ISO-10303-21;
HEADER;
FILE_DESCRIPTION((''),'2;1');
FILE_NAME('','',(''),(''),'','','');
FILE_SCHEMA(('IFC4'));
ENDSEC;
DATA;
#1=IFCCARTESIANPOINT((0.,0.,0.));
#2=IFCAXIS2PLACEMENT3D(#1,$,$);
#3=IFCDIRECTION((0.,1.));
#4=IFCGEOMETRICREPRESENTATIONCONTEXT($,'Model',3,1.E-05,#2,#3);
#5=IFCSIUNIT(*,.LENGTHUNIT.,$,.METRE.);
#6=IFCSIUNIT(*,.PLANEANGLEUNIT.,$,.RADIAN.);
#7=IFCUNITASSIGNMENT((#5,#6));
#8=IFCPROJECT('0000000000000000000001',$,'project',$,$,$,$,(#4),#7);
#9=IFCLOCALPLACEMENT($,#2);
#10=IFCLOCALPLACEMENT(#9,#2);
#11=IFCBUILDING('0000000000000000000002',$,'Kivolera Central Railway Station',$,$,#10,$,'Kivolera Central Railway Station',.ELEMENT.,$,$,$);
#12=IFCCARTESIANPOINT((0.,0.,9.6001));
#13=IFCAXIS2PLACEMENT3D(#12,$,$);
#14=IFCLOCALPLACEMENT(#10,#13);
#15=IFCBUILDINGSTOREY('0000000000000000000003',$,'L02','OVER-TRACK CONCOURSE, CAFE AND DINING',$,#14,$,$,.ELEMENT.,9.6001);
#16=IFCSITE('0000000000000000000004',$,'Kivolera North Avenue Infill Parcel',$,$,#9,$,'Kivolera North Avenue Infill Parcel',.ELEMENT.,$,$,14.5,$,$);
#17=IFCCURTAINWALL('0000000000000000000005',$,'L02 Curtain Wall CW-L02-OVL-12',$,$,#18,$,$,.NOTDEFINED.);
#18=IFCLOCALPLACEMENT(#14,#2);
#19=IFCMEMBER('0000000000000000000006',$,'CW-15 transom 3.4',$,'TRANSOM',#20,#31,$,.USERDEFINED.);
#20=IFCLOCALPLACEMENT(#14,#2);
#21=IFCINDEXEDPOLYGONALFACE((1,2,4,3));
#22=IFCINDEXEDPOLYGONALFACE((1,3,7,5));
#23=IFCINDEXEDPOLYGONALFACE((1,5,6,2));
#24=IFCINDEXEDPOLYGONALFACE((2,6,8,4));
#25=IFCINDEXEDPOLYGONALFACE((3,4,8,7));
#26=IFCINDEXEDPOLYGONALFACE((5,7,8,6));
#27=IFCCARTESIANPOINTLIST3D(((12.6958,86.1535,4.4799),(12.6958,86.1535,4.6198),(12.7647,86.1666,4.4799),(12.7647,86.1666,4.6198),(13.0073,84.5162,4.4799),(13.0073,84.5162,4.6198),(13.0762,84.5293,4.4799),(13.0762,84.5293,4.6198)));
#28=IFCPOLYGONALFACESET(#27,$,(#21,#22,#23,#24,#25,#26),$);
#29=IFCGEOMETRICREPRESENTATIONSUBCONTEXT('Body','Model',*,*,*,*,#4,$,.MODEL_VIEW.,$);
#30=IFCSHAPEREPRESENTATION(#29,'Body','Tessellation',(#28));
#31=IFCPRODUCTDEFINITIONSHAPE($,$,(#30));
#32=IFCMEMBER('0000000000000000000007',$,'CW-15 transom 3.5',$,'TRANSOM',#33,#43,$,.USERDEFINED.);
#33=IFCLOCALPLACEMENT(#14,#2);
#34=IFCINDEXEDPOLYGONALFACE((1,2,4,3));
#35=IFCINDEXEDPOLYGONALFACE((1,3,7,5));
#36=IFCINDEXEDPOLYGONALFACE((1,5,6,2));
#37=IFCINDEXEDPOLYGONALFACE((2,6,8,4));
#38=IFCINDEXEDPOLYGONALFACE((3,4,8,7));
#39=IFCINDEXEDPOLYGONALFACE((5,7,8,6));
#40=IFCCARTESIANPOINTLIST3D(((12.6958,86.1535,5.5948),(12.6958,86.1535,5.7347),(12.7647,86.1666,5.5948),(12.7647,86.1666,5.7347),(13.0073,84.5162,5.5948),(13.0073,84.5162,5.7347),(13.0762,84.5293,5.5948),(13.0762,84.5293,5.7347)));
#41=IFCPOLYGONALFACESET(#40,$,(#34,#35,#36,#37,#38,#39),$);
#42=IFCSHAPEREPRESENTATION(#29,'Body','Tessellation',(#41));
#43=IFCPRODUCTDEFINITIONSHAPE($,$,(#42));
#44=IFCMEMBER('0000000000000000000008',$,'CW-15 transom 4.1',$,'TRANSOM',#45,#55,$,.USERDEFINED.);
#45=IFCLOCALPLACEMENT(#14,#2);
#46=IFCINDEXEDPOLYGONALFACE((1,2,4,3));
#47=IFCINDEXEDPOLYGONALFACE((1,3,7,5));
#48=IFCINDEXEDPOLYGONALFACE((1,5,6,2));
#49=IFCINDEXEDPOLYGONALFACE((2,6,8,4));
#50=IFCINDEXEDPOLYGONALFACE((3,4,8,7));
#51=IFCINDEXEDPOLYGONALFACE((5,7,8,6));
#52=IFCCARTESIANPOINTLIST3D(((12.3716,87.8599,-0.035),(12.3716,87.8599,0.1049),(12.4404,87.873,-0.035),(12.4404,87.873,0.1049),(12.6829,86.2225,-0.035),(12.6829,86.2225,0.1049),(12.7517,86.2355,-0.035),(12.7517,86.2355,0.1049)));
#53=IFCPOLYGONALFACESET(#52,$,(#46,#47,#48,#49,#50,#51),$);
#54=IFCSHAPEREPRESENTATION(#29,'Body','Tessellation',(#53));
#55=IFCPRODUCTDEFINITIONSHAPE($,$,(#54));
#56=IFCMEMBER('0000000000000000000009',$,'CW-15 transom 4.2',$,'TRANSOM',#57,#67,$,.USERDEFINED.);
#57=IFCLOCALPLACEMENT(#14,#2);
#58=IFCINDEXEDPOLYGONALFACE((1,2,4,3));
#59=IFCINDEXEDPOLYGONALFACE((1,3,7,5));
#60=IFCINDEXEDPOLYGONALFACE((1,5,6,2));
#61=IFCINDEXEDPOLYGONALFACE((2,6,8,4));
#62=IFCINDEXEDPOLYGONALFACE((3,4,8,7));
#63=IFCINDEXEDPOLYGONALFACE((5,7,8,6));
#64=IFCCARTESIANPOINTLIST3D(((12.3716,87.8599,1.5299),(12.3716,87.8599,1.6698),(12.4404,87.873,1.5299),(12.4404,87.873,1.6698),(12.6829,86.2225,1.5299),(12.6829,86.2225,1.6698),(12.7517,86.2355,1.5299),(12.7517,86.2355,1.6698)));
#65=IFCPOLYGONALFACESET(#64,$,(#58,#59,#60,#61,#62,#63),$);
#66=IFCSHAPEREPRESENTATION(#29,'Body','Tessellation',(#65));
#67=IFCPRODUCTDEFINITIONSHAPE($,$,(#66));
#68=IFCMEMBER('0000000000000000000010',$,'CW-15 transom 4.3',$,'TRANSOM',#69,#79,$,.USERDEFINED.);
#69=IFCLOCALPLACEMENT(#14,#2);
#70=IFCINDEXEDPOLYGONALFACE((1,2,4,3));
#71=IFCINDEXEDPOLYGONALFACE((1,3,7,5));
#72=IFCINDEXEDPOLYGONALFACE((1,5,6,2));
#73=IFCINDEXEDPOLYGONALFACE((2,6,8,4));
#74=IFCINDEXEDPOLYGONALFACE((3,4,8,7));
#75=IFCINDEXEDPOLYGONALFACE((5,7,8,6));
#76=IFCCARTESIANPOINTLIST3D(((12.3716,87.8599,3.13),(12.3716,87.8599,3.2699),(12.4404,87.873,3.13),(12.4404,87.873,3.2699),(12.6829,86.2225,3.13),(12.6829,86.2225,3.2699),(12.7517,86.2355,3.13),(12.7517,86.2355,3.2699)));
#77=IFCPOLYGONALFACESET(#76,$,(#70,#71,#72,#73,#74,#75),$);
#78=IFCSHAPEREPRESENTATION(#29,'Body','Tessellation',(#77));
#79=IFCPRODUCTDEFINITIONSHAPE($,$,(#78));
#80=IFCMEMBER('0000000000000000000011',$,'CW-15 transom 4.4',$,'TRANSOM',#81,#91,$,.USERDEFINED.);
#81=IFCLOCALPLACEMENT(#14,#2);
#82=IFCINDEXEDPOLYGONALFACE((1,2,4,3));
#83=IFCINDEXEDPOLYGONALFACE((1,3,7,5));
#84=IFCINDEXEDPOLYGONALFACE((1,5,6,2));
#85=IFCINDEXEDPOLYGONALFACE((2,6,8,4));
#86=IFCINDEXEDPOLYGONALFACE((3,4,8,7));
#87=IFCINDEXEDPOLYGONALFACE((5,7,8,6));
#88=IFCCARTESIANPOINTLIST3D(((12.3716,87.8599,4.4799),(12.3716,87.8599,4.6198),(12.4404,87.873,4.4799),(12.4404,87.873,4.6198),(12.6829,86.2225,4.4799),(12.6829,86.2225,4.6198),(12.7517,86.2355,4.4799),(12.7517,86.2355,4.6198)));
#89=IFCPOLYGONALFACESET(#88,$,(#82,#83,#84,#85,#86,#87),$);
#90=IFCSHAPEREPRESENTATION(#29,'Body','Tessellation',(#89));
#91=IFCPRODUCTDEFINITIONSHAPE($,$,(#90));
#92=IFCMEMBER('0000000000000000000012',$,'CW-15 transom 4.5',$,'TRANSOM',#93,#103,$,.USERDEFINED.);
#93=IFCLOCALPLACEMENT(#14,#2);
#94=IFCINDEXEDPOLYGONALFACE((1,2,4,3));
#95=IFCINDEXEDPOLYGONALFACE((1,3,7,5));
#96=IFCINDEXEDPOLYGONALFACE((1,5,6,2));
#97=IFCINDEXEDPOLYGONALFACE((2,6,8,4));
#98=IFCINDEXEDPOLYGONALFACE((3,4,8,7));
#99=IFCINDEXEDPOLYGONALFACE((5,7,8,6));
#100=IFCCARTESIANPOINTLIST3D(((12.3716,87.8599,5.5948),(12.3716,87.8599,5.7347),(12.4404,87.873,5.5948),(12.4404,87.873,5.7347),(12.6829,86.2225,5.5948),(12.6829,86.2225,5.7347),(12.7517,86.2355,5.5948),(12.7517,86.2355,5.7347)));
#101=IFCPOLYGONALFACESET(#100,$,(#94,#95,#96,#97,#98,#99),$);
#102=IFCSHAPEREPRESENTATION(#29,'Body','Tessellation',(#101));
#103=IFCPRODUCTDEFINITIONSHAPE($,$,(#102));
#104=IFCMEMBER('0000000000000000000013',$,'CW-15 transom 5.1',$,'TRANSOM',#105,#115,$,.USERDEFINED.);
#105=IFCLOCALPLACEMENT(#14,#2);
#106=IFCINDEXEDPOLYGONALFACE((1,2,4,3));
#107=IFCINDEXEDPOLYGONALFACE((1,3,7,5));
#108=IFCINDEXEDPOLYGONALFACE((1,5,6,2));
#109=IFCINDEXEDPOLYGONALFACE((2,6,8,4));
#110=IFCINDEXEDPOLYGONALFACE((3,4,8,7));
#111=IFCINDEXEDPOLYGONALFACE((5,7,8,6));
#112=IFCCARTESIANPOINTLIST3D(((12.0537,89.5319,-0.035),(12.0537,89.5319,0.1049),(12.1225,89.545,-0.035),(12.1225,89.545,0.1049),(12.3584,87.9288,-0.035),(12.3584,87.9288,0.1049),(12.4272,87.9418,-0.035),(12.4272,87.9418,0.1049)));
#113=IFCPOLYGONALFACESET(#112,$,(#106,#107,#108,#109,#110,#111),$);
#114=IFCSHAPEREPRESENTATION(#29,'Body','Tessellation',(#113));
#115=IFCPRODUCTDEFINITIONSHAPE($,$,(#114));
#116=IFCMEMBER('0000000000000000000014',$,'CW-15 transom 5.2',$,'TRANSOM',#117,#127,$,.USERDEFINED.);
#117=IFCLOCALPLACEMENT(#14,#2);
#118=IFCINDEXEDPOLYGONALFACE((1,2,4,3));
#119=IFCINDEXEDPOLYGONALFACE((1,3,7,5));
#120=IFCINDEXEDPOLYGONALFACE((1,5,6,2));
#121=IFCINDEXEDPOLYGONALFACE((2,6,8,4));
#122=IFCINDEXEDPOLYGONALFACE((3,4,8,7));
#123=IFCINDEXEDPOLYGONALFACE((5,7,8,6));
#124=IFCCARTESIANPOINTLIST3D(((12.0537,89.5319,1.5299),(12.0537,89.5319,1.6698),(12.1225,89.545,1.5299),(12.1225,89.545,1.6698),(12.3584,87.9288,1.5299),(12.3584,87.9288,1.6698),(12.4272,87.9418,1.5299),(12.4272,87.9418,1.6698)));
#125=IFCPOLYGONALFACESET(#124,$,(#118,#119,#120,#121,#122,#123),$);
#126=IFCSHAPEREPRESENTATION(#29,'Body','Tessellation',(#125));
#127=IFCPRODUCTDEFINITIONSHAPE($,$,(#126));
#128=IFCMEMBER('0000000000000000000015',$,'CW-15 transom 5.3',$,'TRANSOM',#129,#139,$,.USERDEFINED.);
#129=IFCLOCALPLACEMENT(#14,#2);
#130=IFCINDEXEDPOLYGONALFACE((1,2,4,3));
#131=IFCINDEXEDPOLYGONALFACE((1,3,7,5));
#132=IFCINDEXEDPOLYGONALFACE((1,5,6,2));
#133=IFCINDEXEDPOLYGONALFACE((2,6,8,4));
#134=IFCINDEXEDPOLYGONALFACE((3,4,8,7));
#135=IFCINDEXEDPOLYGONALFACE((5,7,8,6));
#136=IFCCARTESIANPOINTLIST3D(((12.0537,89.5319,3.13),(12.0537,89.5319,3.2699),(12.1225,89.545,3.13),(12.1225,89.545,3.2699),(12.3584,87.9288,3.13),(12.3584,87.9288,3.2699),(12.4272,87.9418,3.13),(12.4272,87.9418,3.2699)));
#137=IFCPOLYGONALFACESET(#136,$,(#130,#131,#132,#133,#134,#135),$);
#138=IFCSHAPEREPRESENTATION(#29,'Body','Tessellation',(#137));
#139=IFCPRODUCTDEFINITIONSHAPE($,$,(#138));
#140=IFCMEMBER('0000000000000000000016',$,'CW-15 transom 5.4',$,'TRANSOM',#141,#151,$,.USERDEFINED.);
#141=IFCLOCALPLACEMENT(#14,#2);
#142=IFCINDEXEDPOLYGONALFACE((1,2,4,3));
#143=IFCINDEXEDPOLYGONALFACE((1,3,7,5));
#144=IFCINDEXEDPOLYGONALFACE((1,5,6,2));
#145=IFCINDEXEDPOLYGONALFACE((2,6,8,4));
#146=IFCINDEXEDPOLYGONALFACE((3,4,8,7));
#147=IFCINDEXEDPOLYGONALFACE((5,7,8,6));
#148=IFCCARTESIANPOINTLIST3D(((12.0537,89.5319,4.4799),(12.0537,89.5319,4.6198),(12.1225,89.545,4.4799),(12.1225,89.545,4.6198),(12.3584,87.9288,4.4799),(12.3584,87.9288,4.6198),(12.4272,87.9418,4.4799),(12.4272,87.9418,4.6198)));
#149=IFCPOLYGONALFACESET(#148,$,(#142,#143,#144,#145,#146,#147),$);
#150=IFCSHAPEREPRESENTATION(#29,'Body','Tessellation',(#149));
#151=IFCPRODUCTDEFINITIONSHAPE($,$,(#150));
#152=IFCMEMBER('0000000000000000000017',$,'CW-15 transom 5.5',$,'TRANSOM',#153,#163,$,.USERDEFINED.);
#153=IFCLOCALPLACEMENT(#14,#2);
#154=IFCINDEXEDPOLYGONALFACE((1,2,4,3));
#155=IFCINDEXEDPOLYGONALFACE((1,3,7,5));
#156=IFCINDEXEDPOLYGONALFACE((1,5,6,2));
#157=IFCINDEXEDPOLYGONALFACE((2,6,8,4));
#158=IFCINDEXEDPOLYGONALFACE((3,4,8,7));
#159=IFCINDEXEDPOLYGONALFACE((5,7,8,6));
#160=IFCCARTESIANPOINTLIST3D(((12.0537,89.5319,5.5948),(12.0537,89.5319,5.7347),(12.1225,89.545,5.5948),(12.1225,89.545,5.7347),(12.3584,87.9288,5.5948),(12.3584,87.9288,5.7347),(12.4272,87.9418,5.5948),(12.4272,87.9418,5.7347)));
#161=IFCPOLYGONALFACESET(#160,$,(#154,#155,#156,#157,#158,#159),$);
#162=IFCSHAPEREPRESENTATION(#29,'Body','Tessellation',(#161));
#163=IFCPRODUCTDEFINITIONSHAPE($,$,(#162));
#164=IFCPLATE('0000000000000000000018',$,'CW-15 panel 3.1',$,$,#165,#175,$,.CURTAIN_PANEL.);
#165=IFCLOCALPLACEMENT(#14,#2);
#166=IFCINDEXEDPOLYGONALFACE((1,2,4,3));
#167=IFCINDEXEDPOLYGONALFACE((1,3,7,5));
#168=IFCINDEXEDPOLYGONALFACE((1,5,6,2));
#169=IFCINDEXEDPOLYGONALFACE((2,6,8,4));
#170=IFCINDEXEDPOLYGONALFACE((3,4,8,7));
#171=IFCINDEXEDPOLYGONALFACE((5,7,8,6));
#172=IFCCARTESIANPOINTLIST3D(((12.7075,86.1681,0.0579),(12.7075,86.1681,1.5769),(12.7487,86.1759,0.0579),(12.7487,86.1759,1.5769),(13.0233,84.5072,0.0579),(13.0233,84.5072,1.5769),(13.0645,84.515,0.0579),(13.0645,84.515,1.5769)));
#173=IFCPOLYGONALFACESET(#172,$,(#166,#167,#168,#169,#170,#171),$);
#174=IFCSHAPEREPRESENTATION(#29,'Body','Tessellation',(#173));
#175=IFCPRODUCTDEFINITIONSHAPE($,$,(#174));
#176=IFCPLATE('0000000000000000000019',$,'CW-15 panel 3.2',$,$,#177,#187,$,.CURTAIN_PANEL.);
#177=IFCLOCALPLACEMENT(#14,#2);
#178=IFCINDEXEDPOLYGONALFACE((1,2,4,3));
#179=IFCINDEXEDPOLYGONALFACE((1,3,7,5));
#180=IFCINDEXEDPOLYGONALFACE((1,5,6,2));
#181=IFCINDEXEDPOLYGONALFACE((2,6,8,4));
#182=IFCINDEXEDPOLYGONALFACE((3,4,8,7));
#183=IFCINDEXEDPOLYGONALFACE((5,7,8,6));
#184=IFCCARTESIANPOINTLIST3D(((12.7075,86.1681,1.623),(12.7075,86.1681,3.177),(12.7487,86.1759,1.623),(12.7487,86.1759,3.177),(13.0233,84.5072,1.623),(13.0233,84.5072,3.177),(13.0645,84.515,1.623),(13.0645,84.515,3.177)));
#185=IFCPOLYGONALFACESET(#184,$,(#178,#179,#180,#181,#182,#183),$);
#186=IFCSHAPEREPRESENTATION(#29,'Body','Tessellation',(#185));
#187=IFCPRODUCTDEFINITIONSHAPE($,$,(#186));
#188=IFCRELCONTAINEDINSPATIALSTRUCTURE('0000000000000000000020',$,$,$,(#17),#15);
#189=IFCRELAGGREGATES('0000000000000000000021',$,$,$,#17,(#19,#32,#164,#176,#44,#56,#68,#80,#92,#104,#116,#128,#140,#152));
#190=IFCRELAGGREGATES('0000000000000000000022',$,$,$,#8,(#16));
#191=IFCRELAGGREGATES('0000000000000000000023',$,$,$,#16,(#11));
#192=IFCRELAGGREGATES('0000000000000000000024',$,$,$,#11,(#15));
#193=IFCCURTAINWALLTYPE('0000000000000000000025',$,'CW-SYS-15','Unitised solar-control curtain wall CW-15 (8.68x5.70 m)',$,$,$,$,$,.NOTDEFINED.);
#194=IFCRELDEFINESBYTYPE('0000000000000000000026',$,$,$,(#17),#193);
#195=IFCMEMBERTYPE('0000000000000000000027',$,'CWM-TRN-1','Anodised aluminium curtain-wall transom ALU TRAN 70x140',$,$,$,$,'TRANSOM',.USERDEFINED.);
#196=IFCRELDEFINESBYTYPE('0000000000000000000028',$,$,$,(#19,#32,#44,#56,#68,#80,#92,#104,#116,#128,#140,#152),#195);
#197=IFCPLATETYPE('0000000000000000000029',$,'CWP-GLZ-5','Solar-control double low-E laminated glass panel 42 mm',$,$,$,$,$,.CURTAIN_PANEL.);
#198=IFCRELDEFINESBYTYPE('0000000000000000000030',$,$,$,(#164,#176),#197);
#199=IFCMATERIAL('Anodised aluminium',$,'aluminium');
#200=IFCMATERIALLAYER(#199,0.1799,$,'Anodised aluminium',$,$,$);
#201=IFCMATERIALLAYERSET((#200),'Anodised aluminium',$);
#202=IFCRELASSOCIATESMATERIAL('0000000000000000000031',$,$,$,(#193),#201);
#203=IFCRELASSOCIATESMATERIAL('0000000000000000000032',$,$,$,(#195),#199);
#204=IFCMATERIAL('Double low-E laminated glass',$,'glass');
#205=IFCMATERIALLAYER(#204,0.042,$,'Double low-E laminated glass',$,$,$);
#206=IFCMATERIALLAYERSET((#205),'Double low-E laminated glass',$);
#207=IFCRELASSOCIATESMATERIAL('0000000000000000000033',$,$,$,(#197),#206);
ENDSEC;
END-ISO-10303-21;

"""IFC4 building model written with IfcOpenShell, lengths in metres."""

from ifc_helpers import new_model, si_unit, direction, frame, origin, origin_2d, place, context, subcontext, project, spatial, rectangle, extrude, material, layer, layer_set, material_profile, profile_set, type_object, element, aggregate, save


model = new_model("IFC4")

# Units and contexts
model_context = context("Model", 3, precision=1e-05, world=origin(), true_north=direction((0.0, 1.0)))
body_context = subcontext(model_context, "Body", "Model", "MODEL_VIEW")
ifc_project = project(units=[si_unit("LENGTHUNIT", "METRE"), si_unit("PLANEANGLEUNIT", "RADIAN")], contexts=[model_context])

# Site, building, storey
site_placement = place(None, origin())
site = spatial("IfcSite", under=ifc_project, at=site_placement, Name="Kivolera North Avenue Infill Parcel", LongName="Kivolera North Avenue Infill Parcel", CompositionType="ELEMENT", RefElevation=14.5)
building_placement = place(site_placement, origin())
building = spatial("IfcBuilding", under=site, at=building_placement, Name="Kivolera Central Railway Station", LongName="Kivolera Central Railway Station", CompositionType="ELEMENT")
storey_placement = place(building_placement, frame((0.0, 0.0, 9.6001)))
storey = spatial("IfcBuildingStorey", under=building, at=storey_placement, Name="L02", Description="OVER-TRACK CONCOURSE, CAFE AND DINING", CompositionType="ELEMENT", Elevation=9.6001)

# Curtain wall, members, plates
ifc_material_1 = material(Name="Anodised aluminium", Category="aluminium")
ifc_layer_1 = layer(ifc_material_1, 0.1799, Name="Anodised aluminium")
ifc_layer_set_1 = layer_set([ifc_layer_1], Name="Anodised aluminium")
curtain_wall_type = type_object("IfcCurtainWallType", Name="CW-SYS-15", Description="Unitised solar-control curtain wall CW-15 (8.68x5.70 m)", PredefinedType="NOTDEFINED", material=ifc_layer_set_1)
curtain_wall_placement = place(storey_placement, origin())
curtain_wall = element("IfcCurtainWall", 1, at=curtain_wall_placement, inside=storey, type_object=curtain_wall_type, Name="L02 Curtain Wall CW-L02-OVL-12", PredefinedType="NOTDEFINED")
ifc_material_profile_1 = material_profile(ifc_material_1, rectangle(XDim=0.0701, YDim=0.1399, at=origin_2d()), Name="ALU TRAN 70x140")
ifc_profile_set_1 = profile_set([ifc_material_profile_1], Name="Anodised aluminium")
member_type_1 = type_object("IfcMemberType", Name="CWM-TRN-1", Description="Anodised aluminium curtain-wall transom ALU TRAN 70x140", ElementType="TRANSOM", PredefinedType="USERDEFINED", material=ifc_profile_set_1)
member_1_placement = place(storey_placement, frame((13.0417, 84.5227, 4.5498), z_axis=(-0.186897, 0.98238, 0.0), x_axis=(-0.98238, -0.186897, 0.0)))
member_1 = element("IfcMember", 2, at=member_1_placement, type_object=member_type_1, Name="CW-15 transom 3.4", ObjectType="TRANSOM", PredefinedType="USERDEFINED", context=body_context, shape_type="SweptSolid", body=[
    extrude(rectangle(XDim=0.0701, YDim=0.1399, at=origin_2d()), origin(), (0.0, 0.0, 1.0), 1.6667),
])
member_2_placement = place(storey_placement, frame((13.0417, 84.5227, 5.6648), z_axis=(-0.186897, 0.98238, 0.0), x_axis=(-0.98238, -0.186897, 0.0)))
member_2 = element("IfcMember", 3, at=member_2_placement, type_object=member_type_1, Name="CW-15 transom 3.5", ObjectType="TRANSOM", PredefinedType="USERDEFINED", context=body_context, shape_type="SweptSolid", body=[
    extrude(rectangle(XDim=0.0701, YDim=0.1399, at=origin_2d()), origin(), (0.0, 0.0, 1.0), 1.6667),
])
member_3_placement = place(storey_placement, frame((12.7173, 86.229, 0.0349), z_axis=(-0.186755, 0.982406, 0.0), x_axis=(-0.982406, -0.186755, 0.0)))
member_3 = element("IfcMember", 4, at=member_3_placement, type_object=member_type_1, Name="CW-15 transom 4.1", ObjectType="TRANSOM", PredefinedType="USERDEFINED", context=body_context, shape_type="SweptSolid", body=[
    extrude(rectangle(XDim=0.0701, YDim=0.1399, at=origin_2d()), origin(), (0.0, 0.0, 1.0), 1.6667),
])
member_4_placement = place(storey_placement, frame((12.7173, 86.229, 1.5999), z_axis=(-0.186755, 0.982406, 0.0), x_axis=(-0.982406, -0.186755, 0.0)))
member_4 = element("IfcMember", 5, at=member_4_placement, type_object=member_type_1, Name="CW-15 transom 4.2", ObjectType="TRANSOM", PredefinedType="USERDEFINED", context=body_context, shape_type="SweptSolid", body=[
    extrude(rectangle(XDim=0.0701, YDim=0.1399, at=origin_2d()), origin(), (0.0, 0.0, 1.0), 1.6667),
])
member_5_placement = place(storey_placement, frame((12.7173, 86.229, 3.2), z_axis=(-0.186755, 0.982406, 0.0), x_axis=(-0.982406, -0.186755, 0.0)))
member_5 = element("IfcMember", 6, at=member_5_placement, type_object=member_type_1, Name="CW-15 transom 4.3", ObjectType="TRANSOM", PredefinedType="USERDEFINED", context=body_context, shape_type="SweptSolid", body=[
    extrude(rectangle(XDim=0.0701, YDim=0.1399, at=origin_2d()), origin(), (0.0, 0.0, 1.0), 1.6667),
])
member_6_placement = place(storey_placement, frame((12.7173, 86.229, 4.5498), z_axis=(-0.186755, 0.982406, 0.0), x_axis=(-0.982406, -0.186755, 0.0)))
member_6 = element("IfcMember", 7, at=member_6_placement, type_object=member_type_1, Name="CW-15 transom 4.4", ObjectType="TRANSOM", PredefinedType="USERDEFINED", context=body_context, shape_type="SweptSolid", body=[
    extrude(rectangle(XDim=0.0701, YDim=0.1399, at=origin_2d()), origin(), (0.0, 0.0, 1.0), 1.6667),
])
member_7_placement = place(storey_placement, frame((12.7173, 86.229, 5.6648), z_axis=(-0.186755, 0.982406, 0.0), x_axis=(-0.982406, -0.186755, 0.0)))
member_7 = element("IfcMember", 8, at=member_7_placement, type_object=member_type_1, Name="CW-15 transom 4.5", ObjectType="TRANSOM", PredefinedType="USERDEFINED", context=body_context, shape_type="SweptSolid", body=[
    extrude(rectangle(XDim=0.0701, YDim=0.1399, at=origin_2d()), origin(), (0.0, 0.0, 1.0), 1.6667),
])
member_8_placement = place(storey_placement, frame((12.3928, 87.9353, 0.0349), z_axis=(-0.186727, 0.982412, 0.0), x_axis=(-0.982412, -0.186727, 0.0)))
member_8 = element("IfcMember", 9, at=member_8_placement, type_object=member_type_1, Name="CW-15 transom 5.1", ObjectType="TRANSOM", PredefinedType="USERDEFINED", context=body_context, shape_type="SweptSolid", body=[
    extrude(rectangle(XDim=0.0701, YDim=0.1399, at=origin_2d()), origin(), (0.0, 0.0, 1.0), 1.6318),
])
member_9_placement = place(storey_placement, frame((12.3928, 87.9353, 1.5999), z_axis=(-0.186727, 0.982412, 0.0), x_axis=(-0.982412, -0.186727, 0.0)))
member_9 = element("IfcMember", 10, at=member_9_placement, type_object=member_type_1, Name="CW-15 transom 5.2", ObjectType="TRANSOM", PredefinedType="USERDEFINED", context=body_context, shape_type="SweptSolid", body=[
    extrude(rectangle(XDim=0.0701, YDim=0.1399, at=origin_2d()), origin(), (0.0, 0.0, 1.0), 1.6318),
])
member_10_placement = place(storey_placement, frame((12.3928, 87.9353, 3.2), z_axis=(-0.186727, 0.982412, 0.0), x_axis=(-0.982412, -0.186727, 0.0)))
member_10 = element("IfcMember", 11, at=member_10_placement, type_object=member_type_1, Name="CW-15 transom 5.3", ObjectType="TRANSOM", PredefinedType="USERDEFINED", context=body_context, shape_type="SweptSolid", body=[
    extrude(rectangle(XDim=0.0701, YDim=0.1399, at=origin_2d()), origin(), (0.0, 0.0, 1.0), 1.6318),
])
member_11_placement = place(storey_placement, frame((12.3928, 87.9353, 4.5498), z_axis=(-0.186727, 0.982412, 0.0), x_axis=(-0.982412, -0.186727, 0.0)))
member_11 = element("IfcMember", 12, at=member_11_placement, type_object=member_type_1, Name="CW-15 transom 5.4", ObjectType="TRANSOM", PredefinedType="USERDEFINED", context=body_context, shape_type="SweptSolid", body=[
    extrude(rectangle(XDim=0.0701, YDim=0.1399, at=origin_2d()), origin(), (0.0, 0.0, 1.0), 1.6318),
])
member_12_placement = place(storey_placement, frame((12.3928, 87.9353, 5.6648), z_axis=(-0.186727, 0.982412, 0.0), x_axis=(-0.982412, -0.186727, 0.0)))
member_12 = element("IfcMember", 13, at=member_12_placement, type_object=member_type_1, Name="CW-15 transom 5.5", ObjectType="TRANSOM", PredefinedType="USERDEFINED", context=body_context, shape_type="SweptSolid", body=[
    extrude(rectangle(XDim=0.0701, YDim=0.1399, at=origin_2d()), origin(), (0.0, 0.0, 1.0), 1.6318),
])
ifc_material_2 = material(Name="Double low-E laminated glass", Category="glass")
ifc_layer_2 = layer(ifc_material_2, 0.042, Name="Double low-E laminated glass")
ifc_layer_set_2 = layer_set([ifc_layer_2], Name="Double low-E laminated glass")
plate_type = type_object("IfcPlateType", Name="CWP-GLZ-5", Description="Solar-control double low-E laminated glass panel 42 mm", PredefinedType="CURTAIN_PANEL", material=ifc_layer_set_2)
plate_1_placement = place(storey_placement, frame((12.886, 85.3416, 0.0579), z_axis=(0.0, 0.0, 1.0), x_axis=(-0.186784, 0.982401, 0.0)))
plate_1 = element("IfcPlate", 14, at=plate_1_placement, type_object=plate_type, Name="CW-15 panel 3.1", PredefinedType="CURTAIN_PANEL", context=body_context, shape_type="SweptSolid", body=[
    extrude(rectangle(XDim=1.6907, YDim=0.042, at=origin_2d()), origin(), (0.0, 0.0, 1.0), 1.519),
])
plate_2_placement = place(storey_placement, frame((12.886, 85.3416, 1.623), z_axis=(0.0, 0.0, 1.0), x_axis=(-0.186784, 0.982401, 0.0)))
plate_2 = element("IfcPlate", 15, at=plate_2_placement, type_object=plate_type, Name="CW-15 panel 3.2", PredefinedType="CURTAIN_PANEL", context=body_context, shape_type="SweptSolid", body=[
    extrude(rectangle(XDim=1.6907, YDim=0.042, at=origin_2d()), origin(), (0.0, 0.0, 1.0), 1.554),
])
aggregate(curtain_wall, [member_1, member_2, plate_1, plate_2, member_3, member_4, member_5, member_6, member_7, member_8, member_9, member_10, member_11, member_12])

save(model, "model.ifc")
